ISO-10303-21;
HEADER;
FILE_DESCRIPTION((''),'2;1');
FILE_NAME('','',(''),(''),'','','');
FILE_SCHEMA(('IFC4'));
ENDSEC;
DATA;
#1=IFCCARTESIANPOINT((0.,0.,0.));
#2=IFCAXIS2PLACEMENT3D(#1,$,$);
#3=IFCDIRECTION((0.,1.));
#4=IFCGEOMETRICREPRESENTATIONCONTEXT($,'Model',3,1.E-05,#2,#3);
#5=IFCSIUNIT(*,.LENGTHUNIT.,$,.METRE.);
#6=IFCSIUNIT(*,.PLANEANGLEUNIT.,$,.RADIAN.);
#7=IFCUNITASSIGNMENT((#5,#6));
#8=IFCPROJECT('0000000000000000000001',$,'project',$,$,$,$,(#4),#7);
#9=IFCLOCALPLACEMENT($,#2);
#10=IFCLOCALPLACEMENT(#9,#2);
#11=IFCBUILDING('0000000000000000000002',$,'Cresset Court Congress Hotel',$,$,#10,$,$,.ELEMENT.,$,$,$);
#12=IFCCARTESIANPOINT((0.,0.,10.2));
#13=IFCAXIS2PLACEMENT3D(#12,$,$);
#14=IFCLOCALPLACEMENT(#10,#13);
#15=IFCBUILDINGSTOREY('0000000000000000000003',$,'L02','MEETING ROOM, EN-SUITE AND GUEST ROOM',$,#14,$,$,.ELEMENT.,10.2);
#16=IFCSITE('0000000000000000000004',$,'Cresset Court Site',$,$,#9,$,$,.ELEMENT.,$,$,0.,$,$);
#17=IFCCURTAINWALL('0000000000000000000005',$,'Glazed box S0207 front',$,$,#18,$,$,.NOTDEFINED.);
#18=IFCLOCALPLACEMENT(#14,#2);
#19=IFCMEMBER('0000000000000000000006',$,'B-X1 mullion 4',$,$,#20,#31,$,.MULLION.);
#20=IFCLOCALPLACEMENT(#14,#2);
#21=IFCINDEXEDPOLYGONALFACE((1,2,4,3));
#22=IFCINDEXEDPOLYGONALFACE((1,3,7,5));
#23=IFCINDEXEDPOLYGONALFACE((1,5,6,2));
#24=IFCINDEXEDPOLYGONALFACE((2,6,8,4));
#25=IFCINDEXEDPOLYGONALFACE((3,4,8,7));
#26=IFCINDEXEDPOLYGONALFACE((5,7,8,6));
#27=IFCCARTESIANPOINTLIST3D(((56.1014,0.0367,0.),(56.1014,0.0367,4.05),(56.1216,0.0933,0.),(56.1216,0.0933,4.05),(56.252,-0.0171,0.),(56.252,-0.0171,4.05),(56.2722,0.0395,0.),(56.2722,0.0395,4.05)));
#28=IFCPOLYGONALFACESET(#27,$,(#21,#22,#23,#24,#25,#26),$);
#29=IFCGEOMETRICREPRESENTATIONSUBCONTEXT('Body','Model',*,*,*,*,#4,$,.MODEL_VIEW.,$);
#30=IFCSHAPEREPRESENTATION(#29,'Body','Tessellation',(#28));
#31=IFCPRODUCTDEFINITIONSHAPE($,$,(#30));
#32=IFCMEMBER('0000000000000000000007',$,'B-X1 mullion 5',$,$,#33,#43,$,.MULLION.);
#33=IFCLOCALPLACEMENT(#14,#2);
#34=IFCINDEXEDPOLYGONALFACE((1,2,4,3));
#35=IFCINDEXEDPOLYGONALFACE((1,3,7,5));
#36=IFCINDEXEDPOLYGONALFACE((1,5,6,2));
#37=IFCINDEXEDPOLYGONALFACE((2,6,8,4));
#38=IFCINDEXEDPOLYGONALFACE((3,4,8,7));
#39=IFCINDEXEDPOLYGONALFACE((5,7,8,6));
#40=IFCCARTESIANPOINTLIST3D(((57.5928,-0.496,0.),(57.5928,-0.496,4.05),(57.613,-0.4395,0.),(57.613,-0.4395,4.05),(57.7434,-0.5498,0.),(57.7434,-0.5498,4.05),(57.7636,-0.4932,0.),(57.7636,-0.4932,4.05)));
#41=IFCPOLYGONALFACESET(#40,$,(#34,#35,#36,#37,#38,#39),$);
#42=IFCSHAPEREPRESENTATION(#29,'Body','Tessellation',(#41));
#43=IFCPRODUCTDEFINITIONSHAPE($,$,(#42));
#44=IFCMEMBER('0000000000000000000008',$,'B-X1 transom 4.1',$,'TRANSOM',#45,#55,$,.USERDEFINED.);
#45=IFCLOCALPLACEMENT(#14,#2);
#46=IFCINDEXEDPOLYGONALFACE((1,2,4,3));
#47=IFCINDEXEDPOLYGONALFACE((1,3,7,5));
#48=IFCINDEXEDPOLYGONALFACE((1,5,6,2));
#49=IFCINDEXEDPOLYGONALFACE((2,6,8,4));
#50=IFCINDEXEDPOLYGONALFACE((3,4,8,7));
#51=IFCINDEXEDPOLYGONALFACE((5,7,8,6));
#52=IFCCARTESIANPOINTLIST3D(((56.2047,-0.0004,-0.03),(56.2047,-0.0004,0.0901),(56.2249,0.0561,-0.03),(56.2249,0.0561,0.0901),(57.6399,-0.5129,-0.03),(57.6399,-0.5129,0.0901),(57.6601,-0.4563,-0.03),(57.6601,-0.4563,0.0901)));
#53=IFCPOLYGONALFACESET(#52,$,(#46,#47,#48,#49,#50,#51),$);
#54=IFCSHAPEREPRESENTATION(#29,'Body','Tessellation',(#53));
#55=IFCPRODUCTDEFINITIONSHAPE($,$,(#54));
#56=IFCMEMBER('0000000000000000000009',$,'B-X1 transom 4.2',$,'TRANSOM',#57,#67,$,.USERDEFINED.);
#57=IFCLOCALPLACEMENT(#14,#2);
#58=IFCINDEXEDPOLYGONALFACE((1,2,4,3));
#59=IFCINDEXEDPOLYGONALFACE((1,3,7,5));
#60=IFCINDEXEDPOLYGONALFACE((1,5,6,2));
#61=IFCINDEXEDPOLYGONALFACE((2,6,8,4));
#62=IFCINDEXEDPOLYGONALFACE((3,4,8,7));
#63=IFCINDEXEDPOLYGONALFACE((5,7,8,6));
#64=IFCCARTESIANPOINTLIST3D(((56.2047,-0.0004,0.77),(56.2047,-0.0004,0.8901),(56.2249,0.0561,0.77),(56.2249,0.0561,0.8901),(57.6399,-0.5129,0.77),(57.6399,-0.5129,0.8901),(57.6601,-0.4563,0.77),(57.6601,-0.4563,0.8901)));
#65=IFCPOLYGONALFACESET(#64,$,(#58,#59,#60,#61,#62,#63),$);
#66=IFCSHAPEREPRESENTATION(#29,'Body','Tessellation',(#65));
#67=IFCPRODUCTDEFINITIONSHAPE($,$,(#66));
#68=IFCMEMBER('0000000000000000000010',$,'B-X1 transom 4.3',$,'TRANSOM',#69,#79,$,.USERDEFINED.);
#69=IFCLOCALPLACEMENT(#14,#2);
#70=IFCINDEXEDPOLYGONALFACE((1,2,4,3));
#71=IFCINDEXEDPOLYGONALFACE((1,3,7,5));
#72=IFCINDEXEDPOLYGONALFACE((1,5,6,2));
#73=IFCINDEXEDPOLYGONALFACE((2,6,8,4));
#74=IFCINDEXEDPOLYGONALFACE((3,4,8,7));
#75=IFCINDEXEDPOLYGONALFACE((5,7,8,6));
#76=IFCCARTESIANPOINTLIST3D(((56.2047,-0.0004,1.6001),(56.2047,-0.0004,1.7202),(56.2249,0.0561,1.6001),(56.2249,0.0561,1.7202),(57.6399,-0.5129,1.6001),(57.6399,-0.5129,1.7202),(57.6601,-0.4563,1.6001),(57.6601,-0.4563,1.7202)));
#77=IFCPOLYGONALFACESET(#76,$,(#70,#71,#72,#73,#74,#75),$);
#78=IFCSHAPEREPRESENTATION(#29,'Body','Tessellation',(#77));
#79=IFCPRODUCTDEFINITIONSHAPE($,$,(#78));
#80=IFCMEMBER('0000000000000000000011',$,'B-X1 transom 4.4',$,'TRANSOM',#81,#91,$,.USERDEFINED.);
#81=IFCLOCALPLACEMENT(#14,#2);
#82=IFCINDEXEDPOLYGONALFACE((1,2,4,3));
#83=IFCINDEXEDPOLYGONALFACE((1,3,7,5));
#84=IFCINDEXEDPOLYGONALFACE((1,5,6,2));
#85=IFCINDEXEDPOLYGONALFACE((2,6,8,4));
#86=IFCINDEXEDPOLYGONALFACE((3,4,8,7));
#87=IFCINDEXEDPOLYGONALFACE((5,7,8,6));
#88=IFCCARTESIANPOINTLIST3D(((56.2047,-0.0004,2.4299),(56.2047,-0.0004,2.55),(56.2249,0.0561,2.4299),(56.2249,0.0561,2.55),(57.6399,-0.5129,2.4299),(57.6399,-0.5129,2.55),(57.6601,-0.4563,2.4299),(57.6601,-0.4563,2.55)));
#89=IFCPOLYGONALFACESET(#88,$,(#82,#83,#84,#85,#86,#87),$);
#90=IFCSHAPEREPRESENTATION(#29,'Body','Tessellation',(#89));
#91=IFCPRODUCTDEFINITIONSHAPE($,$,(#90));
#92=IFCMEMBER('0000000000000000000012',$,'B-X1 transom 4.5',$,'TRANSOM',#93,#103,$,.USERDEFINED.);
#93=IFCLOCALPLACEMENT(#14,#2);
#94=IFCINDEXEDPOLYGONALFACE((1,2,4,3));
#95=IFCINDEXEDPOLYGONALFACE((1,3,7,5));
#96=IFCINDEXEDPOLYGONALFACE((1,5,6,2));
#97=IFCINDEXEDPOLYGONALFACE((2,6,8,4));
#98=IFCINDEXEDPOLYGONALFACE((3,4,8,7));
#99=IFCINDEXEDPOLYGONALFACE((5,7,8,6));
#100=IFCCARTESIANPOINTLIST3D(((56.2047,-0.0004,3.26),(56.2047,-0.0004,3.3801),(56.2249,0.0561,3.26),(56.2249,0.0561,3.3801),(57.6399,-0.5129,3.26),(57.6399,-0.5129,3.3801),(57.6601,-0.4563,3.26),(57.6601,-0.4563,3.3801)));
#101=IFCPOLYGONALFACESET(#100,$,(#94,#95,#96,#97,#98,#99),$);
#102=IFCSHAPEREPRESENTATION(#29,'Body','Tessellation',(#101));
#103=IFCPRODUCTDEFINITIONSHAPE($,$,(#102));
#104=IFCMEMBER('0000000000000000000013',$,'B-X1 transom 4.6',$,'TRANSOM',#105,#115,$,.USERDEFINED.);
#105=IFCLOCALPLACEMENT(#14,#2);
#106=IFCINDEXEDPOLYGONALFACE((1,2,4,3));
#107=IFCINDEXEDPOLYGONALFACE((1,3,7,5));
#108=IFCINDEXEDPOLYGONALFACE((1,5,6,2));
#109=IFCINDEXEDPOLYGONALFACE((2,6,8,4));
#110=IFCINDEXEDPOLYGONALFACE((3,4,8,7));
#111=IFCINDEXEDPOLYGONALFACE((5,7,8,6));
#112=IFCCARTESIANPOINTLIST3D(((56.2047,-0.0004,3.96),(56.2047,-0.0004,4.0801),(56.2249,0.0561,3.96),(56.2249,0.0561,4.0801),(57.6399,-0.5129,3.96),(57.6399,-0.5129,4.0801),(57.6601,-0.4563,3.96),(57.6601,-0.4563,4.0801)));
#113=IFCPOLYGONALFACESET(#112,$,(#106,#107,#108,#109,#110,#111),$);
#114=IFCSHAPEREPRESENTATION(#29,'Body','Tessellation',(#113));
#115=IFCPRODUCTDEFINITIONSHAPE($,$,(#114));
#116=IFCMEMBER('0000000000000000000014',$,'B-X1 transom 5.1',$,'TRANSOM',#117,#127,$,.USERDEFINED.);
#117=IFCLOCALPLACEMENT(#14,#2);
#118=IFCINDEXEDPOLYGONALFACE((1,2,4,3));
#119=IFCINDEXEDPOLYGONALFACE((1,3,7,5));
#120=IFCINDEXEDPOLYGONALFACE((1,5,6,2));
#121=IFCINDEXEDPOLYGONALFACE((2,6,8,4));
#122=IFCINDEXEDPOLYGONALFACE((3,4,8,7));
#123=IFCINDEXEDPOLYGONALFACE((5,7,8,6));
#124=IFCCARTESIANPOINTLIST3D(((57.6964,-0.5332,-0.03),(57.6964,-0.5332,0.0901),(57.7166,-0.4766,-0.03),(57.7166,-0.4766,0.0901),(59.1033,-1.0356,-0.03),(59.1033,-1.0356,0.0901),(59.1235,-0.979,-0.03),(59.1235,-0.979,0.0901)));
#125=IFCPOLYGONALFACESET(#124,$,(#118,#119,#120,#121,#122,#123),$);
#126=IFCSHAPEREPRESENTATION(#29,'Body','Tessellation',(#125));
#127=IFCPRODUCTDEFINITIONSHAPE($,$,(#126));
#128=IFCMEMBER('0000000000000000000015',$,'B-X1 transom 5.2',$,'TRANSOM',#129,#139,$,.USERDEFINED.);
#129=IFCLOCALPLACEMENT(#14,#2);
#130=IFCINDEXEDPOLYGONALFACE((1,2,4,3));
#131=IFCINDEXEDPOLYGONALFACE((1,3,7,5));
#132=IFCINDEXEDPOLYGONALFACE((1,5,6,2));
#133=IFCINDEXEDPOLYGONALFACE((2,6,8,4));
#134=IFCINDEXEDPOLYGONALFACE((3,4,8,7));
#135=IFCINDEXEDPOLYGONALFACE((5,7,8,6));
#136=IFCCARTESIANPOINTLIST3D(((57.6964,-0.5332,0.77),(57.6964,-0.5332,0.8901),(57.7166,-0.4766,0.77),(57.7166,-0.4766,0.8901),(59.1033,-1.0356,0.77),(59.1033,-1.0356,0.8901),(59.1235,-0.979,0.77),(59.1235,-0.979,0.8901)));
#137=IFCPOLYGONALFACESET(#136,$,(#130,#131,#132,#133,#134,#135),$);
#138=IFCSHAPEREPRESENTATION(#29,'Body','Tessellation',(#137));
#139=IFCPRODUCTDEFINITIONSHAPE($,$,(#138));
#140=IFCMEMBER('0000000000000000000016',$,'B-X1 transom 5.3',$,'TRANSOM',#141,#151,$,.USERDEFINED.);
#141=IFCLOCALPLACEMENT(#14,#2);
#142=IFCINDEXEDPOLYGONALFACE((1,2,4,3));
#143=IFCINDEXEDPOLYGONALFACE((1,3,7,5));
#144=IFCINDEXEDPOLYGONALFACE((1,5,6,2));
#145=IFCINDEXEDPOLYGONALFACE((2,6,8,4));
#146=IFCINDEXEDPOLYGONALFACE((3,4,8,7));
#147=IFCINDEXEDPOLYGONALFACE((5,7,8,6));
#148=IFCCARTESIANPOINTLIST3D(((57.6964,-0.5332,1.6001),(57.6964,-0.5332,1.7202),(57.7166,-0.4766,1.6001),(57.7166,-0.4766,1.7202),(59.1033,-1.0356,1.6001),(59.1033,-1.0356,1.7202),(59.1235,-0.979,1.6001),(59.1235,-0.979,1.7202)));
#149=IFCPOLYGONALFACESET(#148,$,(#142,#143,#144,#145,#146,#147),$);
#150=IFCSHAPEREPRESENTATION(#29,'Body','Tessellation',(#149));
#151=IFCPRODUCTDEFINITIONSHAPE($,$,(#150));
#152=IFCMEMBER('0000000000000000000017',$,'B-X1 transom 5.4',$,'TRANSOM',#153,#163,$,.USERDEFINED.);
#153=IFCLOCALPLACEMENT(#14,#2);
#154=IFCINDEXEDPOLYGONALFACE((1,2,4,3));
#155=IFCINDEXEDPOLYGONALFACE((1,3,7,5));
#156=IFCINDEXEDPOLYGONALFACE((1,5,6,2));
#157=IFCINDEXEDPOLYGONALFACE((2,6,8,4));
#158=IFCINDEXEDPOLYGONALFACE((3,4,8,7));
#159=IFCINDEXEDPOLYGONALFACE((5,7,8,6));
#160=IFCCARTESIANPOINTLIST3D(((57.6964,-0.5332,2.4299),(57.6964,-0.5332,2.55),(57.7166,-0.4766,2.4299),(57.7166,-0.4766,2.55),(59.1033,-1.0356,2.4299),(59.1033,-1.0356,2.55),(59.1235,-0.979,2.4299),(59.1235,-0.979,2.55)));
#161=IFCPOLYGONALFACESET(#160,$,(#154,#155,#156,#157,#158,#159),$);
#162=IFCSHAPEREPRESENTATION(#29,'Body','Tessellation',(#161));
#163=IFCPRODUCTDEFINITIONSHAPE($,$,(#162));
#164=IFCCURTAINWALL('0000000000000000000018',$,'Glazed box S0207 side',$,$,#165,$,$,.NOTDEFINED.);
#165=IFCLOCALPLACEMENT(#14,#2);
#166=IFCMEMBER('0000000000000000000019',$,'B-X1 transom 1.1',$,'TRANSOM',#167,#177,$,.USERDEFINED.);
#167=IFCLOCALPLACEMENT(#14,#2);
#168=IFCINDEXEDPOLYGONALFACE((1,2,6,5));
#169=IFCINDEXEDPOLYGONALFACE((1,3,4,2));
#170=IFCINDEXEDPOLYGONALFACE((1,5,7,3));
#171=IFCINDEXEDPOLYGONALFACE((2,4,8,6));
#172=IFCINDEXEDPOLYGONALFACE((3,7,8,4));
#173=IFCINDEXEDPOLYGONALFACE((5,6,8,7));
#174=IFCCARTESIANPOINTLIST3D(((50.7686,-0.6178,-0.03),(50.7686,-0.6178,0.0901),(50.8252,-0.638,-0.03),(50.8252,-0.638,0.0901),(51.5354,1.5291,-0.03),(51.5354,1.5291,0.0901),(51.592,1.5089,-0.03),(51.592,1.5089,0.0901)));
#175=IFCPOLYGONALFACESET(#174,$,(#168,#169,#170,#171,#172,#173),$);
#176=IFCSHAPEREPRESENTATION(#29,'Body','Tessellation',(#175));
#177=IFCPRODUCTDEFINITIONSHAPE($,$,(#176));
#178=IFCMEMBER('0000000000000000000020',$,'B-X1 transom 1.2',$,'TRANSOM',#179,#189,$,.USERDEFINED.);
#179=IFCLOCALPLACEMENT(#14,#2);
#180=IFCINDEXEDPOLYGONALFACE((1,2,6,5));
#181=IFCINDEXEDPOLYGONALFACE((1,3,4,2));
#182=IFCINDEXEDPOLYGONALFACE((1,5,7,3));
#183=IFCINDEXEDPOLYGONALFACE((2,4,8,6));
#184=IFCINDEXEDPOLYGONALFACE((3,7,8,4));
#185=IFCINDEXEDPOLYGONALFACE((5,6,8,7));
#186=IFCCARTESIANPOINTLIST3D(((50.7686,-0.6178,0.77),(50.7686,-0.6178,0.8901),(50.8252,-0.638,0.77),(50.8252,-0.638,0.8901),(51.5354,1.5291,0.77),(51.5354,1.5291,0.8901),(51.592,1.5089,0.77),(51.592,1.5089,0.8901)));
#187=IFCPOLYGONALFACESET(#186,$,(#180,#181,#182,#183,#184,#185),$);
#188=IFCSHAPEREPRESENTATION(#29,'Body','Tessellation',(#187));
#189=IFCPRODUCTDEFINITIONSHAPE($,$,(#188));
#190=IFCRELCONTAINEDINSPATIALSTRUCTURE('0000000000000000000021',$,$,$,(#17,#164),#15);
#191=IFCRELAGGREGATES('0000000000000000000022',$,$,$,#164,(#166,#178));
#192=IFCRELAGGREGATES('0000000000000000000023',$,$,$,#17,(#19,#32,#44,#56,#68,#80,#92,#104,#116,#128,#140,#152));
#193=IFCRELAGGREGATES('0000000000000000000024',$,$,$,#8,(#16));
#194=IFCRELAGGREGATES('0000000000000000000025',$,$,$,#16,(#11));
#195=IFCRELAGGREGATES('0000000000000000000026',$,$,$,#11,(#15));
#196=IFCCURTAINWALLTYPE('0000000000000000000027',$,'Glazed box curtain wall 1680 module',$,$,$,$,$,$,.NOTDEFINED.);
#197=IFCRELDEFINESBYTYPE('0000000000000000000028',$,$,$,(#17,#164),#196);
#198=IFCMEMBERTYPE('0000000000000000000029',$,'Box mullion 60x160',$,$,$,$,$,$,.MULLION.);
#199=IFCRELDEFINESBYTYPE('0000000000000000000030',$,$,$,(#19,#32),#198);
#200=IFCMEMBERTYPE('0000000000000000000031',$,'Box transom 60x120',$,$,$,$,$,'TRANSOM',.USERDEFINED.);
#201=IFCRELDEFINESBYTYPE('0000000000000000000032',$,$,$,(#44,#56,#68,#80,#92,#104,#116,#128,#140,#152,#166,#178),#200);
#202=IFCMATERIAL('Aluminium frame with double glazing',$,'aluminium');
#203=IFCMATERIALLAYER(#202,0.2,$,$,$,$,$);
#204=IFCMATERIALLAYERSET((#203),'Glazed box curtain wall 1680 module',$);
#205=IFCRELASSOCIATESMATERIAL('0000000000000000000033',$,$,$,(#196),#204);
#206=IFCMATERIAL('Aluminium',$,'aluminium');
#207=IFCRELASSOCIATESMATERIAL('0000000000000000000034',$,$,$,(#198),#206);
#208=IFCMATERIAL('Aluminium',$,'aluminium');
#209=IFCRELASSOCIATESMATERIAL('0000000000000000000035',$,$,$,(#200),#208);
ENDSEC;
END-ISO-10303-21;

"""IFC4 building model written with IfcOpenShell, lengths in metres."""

from ifc_helpers import new_model, si_unit, direction, frame, origin, origin_2d, place, context, subcontext, project, spatial, rectangle, extrude, material, layer, layer_set, material_profile, profile_set, type_object, element, aggregate, save


model = new_model("IFC4")

# Units and contexts
model_context = context("Model", 3, precision=1e-05, world=origin(), true_north=direction((0.0, 1.0)))
body_context = subcontext(model_context, "Body", "Model", "MODEL_VIEW")
ifc_project = project(units=[si_unit("LENGTHUNIT", "METRE"), si_unit("PLANEANGLEUNIT", "RADIAN")], contexts=[model_context])

# Site, building, storey
site_placement = place(None, origin())
site = spatial("IfcSite", under=ifc_project, at=site_placement, Name="Cresset Court Site", CompositionType="ELEMENT", RefElevation=0.0)
building_placement = place(site_placement, origin())
building = spatial("IfcBuilding", under=site, at=building_placement, Name="Cresset Court Congress Hotel", CompositionType="ELEMENT")
storey_placement = place(building_placement, frame((0.0, 0.0, 10.2)))
storey = spatial("IfcBuildingStorey", under=building, at=storey_placement, Name="L02", Description="MEETING ROOM, EN-SUITE AND GUEST ROOM", CompositionType="ELEMENT", Elevation=10.2)

# Curtain walls, members
ifc_material_1 = material(Name="Aluminium frame with double glazing", Category="aluminium")
ifc_layer_1 = layer(ifc_material_1, 0.2)
ifc_layer_set_1 = layer_set([ifc_layer_1], Name="Glazed box curtain wall 1680 module")
curtain_wall_type = type_object("IfcCurtainWallType", Name="Glazed box curtain wall 1680 module", PredefinedType="NOTDEFINED", material=ifc_layer_set_1)
curtain_wall_1_placement = place(storey_placement, origin())
curtain_wall_1 = element("IfcCurtainWall", 1, at=curtain_wall_1_placement, inside=storey, type_object=curtain_wall_type, Name="Glazed box S0207 front", PredefinedType="NOTDEFINED")
ifc_material_2 = material(Name="Aluminium", Category="aluminium")
ifc_material_profile_1 = material_profile(ifc_material_2, rectangle(XDim=0.0601, YDim=0.1599, at=origin_2d()), Name="Box mullion 60x160")
ifc_profile_set_1 = profile_set([ifc_material_profile_1], Name="Aluminium")
member_type_1 = type_object("IfcMemberType", Name="Box mullion 60x160", PredefinedType="MULLION", material=ifc_profile_set_1)
member_1_placement = place(storey_placement, frame((56.1868, 0.0381, 0.0), z_axis=(0.0, 0.0, 1.0), x_axis=(0.336336, 0.941742, 0.0)))
member_1 = element("IfcMember", 2, at=member_1_placement, type_object=member_type_1, Name="B-X1 mullion 4", PredefinedType="MULLION", context=body_context, shape_type="SweptSolid", body=[
    extrude(rectangle(XDim=0.0601, YDim=0.1599, at=origin_2d()), origin(), (0.0, 0.0, 1.0), 4.05),
])
member_2_placement = place(storey_placement, frame((57.6782, -0.4946, 0.0), z_axis=(0.0, 0.0, 1.0), x_axis=(0.336336, 0.941742, 0.0)))
member_2 = element("IfcMember", 3, at=member_2_placement, type_object=member_type_1, Name="B-X1 mullion 5", PredefinedType="MULLION", context=body_context, shape_type="SweptSolid", body=[
    extrude(rectangle(XDim=0.0601, YDim=0.1599, at=origin_2d()), origin(), (0.0, 0.0, 1.0), 4.05),
])
ifc_material_3 = material(Name="Aluminium", Category="aluminium")
ifc_material_profile_2 = material_profile(ifc_material_3, rectangle(XDim=0.0601, YDim=0.1201, at=origin_2d()), Name="Box transom 60x120")
ifc_profile_set_2 = profile_set([ifc_material_profile_2], Name="Aluminium")
member_type_2 = type_object("IfcMemberType", Name="Box transom 60x120", ElementType="TRANSOM", PredefinedType="USERDEFINED", material=ifc_profile_set_2)
member_3_placement = place(storey_placement, frame((56.2148, 0.0278, 0.03), z_axis=(0.941775, -0.336245, 0.0), x_axis=(0.336245, 0.941775, 0.0)))
member_3 = element("IfcMember", 4, at=member_3_placement, type_object=member_type_2, Name="B-X1 transom 4.1", ObjectType="TRANSOM", PredefinedType="USERDEFINED", context=body_context, shape_type="SweptSolid", body=[
    extrude(rectangle(XDim=0.0601, YDim=0.1201, at=origin_2d()), origin(), (0.0, 0.0, 1.0), 1.5239),
])
member_4_placement = place(storey_placement, frame((56.2148, 0.0278, 0.8301), z_axis=(0.941775, -0.336245, 0.0), x_axis=(0.336245, 0.941775, 0.0)))
member_4 = element("IfcMember", 5, at=member_4_placement, type_object=member_type_2, Name="B-X1 transom 4.2", ObjectType="TRANSOM", PredefinedType="USERDEFINED", context=body_context, shape_type="SweptSolid", body=[
    extrude(rectangle(XDim=0.0601, YDim=0.1201, at=origin_2d()), origin(), (0.0, 0.0, 1.0), 1.5239),
])
member_5_placement = place(storey_placement, frame((56.2148, 0.0278, 1.6602), z_axis=(0.941775, -0.336245, 0.0), x_axis=(0.336245, 0.941775, 0.0)))
member_5 = element("IfcMember", 6, at=member_5_placement, type_object=member_type_2, Name="B-X1 transom 4.3", ObjectType="TRANSOM", PredefinedType="USERDEFINED", context=body_context, shape_type="SweptSolid", body=[
    extrude(rectangle(XDim=0.0601, YDim=0.1201, at=origin_2d()), origin(), (0.0, 0.0, 1.0), 1.5239),
])
member_6_placement = place(storey_placement, frame((56.2148, 0.0278, 2.49), z_axis=(0.941775, -0.336245, 0.0), x_axis=(0.336245, 0.941775, 0.0)))
member_6 = element("IfcMember", 7, at=member_6_placement, type_object=member_type_2, Name="B-X1 transom 4.4", ObjectType="TRANSOM", PredefinedType="USERDEFINED", context=body_context, shape_type="SweptSolid", body=[
    extrude(rectangle(XDim=0.0601, YDim=0.1201, at=origin_2d()), origin(), (0.0, 0.0, 1.0), 1.5239),
])
member_7_placement = place(storey_placement, frame((56.2148, 0.0278, 3.3201), z_axis=(0.941775, -0.336245, 0.0), x_axis=(0.336245, 0.941775, 0.0)))
member_7 = element("IfcMember", 8, at=member_7_placement, type_object=member_type_2, Name="B-X1 transom 4.5", ObjectType="TRANSOM", PredefinedType="USERDEFINED", context=body_context, shape_type="SweptSolid", body=[
    extrude(rectangle(XDim=0.0601, YDim=0.1201, at=origin_2d()), origin(), (0.0, 0.0, 1.0), 1.5239),
])
member_8_placement = place(storey_placement, frame((56.2148, 0.0278, 4.02), z_axis=(0.941775, -0.336245, 0.0), x_axis=(0.336245, 0.941775, 0.0)))
member_8 = element("IfcMember", 9, at=member_8_placement, type_object=member_type_2, Name="B-X1 transom 4.6", ObjectType="TRANSOM", PredefinedType="USERDEFINED", context=body_context, shape_type="SweptSolid", body=[
    extrude(rectangle(XDim=0.0601, YDim=0.1201, at=origin_2d()), origin(), (0.0, 0.0, 1.0), 1.5239),
])
member_9_placement = place(storey_placement, frame((57.7065, -0.5049, 0.03), z_axis=(0.941753, -0.336305, 0.0), x_axis=(0.336305, 0.941753, 0.0)))
member_9 = element("IfcMember", 10, at=member_9_placement, type_object=member_type_2, Name="B-X1 transom 5.1", ObjectType="TRANSOM", PredefinedType="USERDEFINED", context=body_context, shape_type="SweptSolid", body=[
    extrude(rectangle(XDim=0.0601, YDim=0.1201, at=origin_2d()), origin(), (0.0, 0.0, 1.0), 1.4939),
])
member_10_placement = place(storey_placement, frame((57.7065, -0.5049, 0.8301), z_axis=(0.941753, -0.336305, 0.0), x_axis=(0.336305, 0.941753, 0.0)))
member_10 = element("IfcMember", 11, at=member_10_placement, type_object=member_type_2, Name="B-X1 transom 5.2", ObjectType="TRANSOM", PredefinedType="USERDEFINED", context=body_context, shape_type="SweptSolid", body=[
    extrude(rectangle(XDim=0.0601, YDim=0.1201, at=origin_2d()), origin(), (0.0, 0.0, 1.0), 1.4939),
])
member_11_placement = place(storey_placement, frame((57.7065, -0.5049, 1.6602), z_axis=(0.941753, -0.336305, 0.0), x_axis=(0.336305, 0.941753, 0.0)))
member_11 = element("IfcMember", 12, at=member_11_placement, type_object=member_type_2, Name="B-X1 transom 5.3", ObjectType="TRANSOM", PredefinedType="USERDEFINED", context=body_context, shape_type="SweptSolid", body=[
    extrude(rectangle(XDim=0.0601, YDim=0.1201, at=origin_2d()), origin(), (0.0, 0.0, 1.0), 1.4939),
])
member_12_placement = place(storey_placement, frame((57.7065, -0.5049, 2.49), z_axis=(0.941753, -0.336305, 0.0), x_axis=(0.336305, 0.941753, 0.0)))
member_12 = element("IfcMember", 13, at=member_12_placement, type_object=member_type_2, Name="B-X1 transom 5.4", ObjectType="TRANSOM", PredefinedType="USERDEFINED", context=body_context, shape_type="SweptSolid", body=[
    extrude(rectangle(XDim=0.0601, YDim=0.1201, at=origin_2d()), origin(), (0.0, 0.0, 1.0), 1.4939),
])
curtain_wall_2_placement = place(storey_placement, origin())
curtain_wall_2 = element("IfcCurtainWall", 14, at=curtain_wall_2_placement, inside=storey, type_object=curtain_wall_type, Name="Glazed box S0207 side", PredefinedType="NOTDEFINED")
member_13_placement = place(storey_placement, frame((50.7969, -0.6279, 0.03), z_axis=(0.336364, 0.941732, 0.0), x_axis=(-0.941732, 0.336364, 0.0)))
member_13 = element("IfcMember", 15, at=member_13_placement, type_object=member_type_2, Name="B-X1 transom 1.1", ObjectType="TRANSOM", PredefinedType="USERDEFINED", context=body_context, shape_type="SweptSolid", body=[
    extrude(rectangle(XDim=0.0601, YDim=0.1201, at=origin_2d()), origin(), (0.0, 0.0, 1.0), 2.2798),
])
member_14_placement = place(storey_placement, frame((50.7969, -0.6279, 0.8301), z_axis=(0.336364, 0.941732, 0.0), x_axis=(-0.941732, 0.336364, 0.0)))
member_14 = element("IfcMember", 16, at=member_14_placement, type_object=member_type_2, Name="B-X1 transom 1.2", ObjectType="TRANSOM", PredefinedType="USERDEFINED", context=body_context, shape_type="SweptSolid", body=[
    extrude(rectangle(XDim=0.0601, YDim=0.1201, at=origin_2d()), origin(), (0.0, 0.0, 1.0), 2.2798),
])
aggregate(curtain_wall_2, [member_13, member_14])

aggregate(curtain_wall_1, [member_1, member_2, member_3, member_4, member_5, member_6, member_7, member_8, member_9, member_10, member_11, member_12])

save(model, "model.ifc")
